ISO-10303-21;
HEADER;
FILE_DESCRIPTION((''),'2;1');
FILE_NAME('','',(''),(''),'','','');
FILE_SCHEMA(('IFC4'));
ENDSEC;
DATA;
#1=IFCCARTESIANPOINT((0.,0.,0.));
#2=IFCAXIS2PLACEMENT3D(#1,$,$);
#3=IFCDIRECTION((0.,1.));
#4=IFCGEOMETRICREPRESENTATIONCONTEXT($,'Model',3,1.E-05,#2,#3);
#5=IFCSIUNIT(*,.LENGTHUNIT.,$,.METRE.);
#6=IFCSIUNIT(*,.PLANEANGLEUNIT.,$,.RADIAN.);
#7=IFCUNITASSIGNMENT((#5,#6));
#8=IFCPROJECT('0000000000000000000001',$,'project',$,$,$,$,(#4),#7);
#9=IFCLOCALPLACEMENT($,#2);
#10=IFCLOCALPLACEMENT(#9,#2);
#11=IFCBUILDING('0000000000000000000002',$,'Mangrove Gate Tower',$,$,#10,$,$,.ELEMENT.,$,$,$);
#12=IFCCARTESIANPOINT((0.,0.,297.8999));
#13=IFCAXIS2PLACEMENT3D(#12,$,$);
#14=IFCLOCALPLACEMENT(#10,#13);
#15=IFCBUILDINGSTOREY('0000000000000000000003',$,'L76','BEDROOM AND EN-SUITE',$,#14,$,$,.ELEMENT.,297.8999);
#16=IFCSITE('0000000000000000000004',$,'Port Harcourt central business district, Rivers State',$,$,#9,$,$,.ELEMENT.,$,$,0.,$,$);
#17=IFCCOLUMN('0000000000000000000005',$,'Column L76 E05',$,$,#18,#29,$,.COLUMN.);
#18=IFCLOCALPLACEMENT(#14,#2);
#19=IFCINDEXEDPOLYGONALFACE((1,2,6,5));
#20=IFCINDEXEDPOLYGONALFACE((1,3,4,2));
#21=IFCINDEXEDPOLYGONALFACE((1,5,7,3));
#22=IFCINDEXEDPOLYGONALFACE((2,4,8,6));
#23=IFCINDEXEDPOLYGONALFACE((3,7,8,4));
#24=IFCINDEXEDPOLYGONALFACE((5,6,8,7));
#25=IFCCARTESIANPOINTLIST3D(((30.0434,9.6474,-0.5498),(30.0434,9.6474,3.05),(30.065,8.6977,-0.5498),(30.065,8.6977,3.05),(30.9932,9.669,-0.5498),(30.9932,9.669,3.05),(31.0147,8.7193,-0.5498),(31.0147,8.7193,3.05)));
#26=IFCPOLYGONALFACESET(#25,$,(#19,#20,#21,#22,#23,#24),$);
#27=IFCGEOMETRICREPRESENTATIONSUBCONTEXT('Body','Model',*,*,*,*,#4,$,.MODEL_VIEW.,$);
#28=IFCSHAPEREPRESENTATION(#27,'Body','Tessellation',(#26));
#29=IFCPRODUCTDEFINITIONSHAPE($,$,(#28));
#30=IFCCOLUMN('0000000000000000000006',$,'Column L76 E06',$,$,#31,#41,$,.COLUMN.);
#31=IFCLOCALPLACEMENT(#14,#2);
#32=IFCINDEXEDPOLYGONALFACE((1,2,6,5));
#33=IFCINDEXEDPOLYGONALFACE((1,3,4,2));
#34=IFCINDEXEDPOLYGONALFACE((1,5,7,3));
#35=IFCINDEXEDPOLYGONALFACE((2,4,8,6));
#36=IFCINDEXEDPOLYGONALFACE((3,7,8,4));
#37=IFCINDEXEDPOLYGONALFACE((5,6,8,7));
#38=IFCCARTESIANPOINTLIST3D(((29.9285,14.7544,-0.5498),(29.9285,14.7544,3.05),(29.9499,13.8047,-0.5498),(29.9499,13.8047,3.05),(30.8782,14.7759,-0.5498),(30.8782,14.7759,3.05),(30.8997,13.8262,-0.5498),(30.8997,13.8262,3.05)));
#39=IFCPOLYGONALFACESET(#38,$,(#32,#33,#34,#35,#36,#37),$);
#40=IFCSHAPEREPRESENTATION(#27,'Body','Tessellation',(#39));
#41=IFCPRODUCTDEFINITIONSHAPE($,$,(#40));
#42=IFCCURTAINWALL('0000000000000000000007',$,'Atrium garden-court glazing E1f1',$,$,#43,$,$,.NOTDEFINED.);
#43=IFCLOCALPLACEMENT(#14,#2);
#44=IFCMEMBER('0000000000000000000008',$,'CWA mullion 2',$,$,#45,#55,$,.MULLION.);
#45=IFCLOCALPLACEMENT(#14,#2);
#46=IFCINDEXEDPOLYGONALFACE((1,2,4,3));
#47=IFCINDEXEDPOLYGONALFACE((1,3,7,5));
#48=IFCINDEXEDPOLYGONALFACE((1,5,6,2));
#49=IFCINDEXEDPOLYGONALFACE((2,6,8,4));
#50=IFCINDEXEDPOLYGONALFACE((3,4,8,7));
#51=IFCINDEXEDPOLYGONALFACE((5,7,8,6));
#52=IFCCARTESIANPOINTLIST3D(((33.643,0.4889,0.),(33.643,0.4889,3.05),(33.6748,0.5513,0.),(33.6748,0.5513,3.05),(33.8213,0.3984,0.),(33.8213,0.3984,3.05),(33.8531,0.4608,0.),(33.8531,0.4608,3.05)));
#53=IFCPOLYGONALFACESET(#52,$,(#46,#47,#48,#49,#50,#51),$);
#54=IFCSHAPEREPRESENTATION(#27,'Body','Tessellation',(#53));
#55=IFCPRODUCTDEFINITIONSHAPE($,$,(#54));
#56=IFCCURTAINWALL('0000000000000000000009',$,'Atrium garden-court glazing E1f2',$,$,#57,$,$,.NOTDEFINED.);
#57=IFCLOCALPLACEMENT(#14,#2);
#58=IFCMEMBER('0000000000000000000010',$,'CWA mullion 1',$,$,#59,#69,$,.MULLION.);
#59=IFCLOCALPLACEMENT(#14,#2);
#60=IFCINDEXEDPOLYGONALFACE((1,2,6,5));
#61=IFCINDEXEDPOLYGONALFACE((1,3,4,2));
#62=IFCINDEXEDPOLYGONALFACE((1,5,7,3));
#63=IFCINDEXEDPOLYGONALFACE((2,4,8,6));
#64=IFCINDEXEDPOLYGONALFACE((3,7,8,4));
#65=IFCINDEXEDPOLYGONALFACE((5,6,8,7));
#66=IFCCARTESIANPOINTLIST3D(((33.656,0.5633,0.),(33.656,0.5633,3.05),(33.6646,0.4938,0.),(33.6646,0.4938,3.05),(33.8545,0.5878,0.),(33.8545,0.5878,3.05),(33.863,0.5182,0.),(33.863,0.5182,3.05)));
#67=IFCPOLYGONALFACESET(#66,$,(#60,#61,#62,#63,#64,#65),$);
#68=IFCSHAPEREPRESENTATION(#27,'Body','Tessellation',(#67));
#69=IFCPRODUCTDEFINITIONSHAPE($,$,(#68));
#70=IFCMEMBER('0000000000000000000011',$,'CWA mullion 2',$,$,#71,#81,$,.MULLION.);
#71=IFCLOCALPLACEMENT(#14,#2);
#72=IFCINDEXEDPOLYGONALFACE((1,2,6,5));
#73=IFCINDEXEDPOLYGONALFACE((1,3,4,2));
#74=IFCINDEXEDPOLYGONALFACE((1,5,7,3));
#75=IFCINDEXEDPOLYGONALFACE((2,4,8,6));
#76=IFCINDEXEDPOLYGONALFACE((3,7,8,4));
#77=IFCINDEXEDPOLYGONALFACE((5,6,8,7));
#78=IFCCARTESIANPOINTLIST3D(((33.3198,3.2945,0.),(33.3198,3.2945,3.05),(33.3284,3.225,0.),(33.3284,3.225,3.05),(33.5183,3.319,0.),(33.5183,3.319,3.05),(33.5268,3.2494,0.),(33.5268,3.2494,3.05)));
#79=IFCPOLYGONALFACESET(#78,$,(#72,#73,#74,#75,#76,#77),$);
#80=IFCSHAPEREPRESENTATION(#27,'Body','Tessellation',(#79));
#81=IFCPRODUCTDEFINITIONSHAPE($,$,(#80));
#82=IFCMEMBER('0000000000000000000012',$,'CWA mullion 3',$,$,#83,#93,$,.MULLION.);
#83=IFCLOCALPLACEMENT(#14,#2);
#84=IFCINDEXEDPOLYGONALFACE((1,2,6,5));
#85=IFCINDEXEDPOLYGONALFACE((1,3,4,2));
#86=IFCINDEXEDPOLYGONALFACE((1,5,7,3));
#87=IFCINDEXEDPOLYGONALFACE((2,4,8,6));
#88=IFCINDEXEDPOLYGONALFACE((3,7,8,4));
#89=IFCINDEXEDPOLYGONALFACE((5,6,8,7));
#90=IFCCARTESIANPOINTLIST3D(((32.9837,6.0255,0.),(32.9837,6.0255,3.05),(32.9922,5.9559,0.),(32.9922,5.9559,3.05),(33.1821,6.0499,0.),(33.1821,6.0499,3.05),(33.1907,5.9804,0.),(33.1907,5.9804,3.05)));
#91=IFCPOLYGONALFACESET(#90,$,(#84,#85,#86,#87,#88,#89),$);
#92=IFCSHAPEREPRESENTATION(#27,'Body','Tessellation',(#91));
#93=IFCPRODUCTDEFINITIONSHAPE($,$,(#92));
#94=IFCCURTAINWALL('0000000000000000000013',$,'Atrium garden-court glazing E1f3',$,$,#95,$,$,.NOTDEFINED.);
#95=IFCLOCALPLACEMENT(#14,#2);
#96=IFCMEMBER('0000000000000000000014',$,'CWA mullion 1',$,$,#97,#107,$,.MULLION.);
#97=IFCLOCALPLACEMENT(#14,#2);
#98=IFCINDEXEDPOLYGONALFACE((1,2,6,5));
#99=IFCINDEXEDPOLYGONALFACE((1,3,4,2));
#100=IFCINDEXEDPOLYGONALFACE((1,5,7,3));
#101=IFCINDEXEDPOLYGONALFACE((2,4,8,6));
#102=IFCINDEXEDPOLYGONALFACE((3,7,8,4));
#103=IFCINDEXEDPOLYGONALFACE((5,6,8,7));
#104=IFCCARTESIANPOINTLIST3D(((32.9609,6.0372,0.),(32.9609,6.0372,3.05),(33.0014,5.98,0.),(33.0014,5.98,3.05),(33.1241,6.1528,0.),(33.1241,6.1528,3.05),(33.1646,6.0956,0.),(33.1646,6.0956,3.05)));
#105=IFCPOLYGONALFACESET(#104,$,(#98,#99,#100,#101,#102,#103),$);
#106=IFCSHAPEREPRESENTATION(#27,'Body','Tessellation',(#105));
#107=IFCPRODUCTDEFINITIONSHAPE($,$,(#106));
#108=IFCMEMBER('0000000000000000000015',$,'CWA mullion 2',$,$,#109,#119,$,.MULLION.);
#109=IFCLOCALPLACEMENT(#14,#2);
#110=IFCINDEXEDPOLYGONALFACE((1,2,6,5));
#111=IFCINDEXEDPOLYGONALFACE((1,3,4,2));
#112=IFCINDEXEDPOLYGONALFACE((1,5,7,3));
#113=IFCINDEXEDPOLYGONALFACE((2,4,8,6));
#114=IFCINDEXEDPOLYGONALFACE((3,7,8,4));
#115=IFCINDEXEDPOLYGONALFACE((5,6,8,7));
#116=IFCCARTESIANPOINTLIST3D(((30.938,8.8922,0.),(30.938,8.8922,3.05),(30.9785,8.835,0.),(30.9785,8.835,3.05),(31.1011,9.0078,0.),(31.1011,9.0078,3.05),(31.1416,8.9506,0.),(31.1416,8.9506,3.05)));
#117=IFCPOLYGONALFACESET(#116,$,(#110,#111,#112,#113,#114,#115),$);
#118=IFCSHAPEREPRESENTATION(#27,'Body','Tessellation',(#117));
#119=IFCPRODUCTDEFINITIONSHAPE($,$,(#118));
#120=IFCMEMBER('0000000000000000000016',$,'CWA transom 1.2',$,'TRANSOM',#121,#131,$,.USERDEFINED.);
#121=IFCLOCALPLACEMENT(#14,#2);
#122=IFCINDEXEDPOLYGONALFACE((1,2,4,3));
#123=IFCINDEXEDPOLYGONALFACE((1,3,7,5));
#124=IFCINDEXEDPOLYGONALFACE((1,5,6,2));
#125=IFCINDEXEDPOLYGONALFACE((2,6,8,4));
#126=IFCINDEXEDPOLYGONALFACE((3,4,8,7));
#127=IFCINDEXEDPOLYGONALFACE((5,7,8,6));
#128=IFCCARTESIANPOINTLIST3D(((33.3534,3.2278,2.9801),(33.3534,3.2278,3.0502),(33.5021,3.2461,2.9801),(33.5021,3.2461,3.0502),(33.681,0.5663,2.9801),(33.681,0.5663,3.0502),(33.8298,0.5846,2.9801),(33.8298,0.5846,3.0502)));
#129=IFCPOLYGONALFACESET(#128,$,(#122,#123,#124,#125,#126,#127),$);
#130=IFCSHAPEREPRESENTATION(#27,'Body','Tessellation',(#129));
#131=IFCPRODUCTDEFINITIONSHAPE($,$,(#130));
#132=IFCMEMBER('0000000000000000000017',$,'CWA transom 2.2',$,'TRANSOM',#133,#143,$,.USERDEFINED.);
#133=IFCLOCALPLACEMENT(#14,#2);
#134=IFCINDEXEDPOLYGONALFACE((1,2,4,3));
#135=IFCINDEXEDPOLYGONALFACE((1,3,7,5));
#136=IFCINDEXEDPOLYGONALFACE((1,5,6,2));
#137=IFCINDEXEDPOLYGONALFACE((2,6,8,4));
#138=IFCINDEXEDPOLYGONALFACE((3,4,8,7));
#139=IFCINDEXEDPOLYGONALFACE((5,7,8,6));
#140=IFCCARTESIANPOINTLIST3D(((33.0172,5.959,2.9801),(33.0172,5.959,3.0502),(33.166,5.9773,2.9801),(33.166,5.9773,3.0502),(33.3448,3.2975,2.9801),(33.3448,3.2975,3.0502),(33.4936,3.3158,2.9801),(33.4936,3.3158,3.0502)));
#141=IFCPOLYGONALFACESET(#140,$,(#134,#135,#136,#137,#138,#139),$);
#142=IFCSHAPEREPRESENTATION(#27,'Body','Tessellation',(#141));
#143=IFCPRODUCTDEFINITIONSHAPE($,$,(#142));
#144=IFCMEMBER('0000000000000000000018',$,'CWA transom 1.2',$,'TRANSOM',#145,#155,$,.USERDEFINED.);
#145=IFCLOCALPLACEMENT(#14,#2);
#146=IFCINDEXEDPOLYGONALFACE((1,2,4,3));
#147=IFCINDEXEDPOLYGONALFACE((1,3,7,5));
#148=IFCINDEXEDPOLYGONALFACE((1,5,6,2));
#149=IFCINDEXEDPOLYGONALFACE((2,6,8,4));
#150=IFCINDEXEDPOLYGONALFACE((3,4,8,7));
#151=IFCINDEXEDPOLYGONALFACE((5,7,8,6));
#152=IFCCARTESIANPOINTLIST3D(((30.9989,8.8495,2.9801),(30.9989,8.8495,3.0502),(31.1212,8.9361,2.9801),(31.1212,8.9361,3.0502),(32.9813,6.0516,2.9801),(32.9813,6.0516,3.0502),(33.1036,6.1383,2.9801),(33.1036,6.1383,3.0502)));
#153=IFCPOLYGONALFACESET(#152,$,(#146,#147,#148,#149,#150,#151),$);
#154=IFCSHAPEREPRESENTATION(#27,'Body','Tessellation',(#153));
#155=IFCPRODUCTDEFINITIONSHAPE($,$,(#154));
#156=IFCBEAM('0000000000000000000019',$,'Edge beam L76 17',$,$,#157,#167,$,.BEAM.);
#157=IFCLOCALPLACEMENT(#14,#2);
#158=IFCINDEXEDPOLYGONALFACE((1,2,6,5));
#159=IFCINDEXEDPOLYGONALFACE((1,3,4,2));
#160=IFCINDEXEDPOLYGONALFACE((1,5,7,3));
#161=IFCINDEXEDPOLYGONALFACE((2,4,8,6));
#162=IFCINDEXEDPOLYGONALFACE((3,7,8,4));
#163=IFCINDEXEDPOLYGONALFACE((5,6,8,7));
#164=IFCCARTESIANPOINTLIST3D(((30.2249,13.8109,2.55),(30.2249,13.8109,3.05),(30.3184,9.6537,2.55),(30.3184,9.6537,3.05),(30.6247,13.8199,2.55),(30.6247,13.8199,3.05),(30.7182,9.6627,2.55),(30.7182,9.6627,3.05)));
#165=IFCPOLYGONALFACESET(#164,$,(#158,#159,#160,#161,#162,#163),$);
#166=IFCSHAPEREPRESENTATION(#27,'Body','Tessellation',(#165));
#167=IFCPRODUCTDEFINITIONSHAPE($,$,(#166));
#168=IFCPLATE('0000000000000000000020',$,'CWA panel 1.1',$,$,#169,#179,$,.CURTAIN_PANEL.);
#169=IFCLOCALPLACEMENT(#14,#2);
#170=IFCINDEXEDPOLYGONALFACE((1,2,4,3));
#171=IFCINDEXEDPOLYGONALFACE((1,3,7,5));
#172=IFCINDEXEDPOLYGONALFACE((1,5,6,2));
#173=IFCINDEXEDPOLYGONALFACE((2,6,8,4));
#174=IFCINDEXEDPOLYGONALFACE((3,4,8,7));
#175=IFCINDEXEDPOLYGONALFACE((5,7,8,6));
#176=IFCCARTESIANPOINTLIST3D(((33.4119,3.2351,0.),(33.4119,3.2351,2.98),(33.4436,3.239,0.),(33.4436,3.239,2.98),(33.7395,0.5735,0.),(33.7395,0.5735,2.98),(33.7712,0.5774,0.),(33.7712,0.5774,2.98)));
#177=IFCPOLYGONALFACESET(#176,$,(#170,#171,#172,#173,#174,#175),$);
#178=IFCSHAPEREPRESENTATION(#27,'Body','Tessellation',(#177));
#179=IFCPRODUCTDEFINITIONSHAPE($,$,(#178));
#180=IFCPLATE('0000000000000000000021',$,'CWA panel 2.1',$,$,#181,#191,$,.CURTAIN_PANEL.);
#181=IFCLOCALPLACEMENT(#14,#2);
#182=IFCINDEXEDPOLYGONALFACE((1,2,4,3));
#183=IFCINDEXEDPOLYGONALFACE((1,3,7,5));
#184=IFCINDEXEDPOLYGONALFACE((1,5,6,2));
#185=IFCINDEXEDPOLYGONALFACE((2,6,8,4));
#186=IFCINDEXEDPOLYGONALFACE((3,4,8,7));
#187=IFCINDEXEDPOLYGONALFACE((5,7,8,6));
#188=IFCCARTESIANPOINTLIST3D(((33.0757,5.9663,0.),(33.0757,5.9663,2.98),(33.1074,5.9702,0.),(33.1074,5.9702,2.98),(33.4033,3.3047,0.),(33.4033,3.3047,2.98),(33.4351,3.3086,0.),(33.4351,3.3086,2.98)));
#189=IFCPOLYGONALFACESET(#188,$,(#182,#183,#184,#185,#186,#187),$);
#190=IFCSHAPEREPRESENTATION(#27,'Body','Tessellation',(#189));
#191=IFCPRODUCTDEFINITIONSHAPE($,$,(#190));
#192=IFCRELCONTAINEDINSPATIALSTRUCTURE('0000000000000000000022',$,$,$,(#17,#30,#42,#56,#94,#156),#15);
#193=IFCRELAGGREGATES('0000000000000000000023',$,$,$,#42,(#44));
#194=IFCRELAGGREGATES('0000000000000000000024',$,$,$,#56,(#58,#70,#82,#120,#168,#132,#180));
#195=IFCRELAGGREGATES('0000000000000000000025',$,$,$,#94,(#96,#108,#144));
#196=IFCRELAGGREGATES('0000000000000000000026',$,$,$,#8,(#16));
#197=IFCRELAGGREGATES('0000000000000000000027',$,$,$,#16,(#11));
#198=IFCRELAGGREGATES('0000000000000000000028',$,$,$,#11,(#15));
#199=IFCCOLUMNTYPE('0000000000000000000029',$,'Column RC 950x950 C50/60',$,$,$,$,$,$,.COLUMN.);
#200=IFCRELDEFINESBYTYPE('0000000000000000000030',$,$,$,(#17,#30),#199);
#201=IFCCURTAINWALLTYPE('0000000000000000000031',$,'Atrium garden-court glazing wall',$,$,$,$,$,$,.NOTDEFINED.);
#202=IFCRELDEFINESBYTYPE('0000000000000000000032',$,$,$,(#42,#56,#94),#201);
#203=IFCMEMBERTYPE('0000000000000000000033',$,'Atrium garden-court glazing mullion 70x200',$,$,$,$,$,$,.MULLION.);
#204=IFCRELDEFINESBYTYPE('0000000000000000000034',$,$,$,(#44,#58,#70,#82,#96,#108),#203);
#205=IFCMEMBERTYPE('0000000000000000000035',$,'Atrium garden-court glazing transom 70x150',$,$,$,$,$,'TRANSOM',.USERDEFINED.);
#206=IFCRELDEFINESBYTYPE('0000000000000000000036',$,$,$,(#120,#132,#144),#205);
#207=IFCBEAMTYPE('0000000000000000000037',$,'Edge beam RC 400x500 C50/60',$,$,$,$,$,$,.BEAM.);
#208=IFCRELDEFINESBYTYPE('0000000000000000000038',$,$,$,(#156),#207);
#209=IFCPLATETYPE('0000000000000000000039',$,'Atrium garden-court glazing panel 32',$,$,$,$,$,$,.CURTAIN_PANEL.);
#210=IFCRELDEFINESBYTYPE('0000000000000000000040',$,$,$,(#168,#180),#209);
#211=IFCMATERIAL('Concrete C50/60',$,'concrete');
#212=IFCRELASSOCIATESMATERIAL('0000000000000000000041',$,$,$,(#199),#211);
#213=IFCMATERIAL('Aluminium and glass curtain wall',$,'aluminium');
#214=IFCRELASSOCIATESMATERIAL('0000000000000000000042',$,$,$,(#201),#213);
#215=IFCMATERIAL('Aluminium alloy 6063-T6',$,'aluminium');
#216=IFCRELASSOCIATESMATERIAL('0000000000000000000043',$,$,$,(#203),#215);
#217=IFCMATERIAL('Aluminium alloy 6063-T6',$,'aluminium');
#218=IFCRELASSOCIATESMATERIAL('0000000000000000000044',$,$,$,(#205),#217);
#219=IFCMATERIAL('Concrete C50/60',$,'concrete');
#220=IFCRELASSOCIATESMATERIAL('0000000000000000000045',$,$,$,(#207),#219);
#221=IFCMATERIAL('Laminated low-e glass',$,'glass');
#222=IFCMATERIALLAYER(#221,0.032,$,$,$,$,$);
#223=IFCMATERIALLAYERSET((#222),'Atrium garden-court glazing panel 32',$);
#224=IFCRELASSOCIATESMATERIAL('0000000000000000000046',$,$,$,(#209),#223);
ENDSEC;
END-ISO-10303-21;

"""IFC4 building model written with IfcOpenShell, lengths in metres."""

from ifc_helpers import new_model, si_unit, direction, frame, origin, origin_2d, place, context, subcontext, project, spatial, rectangle, extrude, material, layer, layer_set, material_profile, profile_set, type_object, element, aggregate, save


model = new_model("IFC4")

# Units and contexts
model_context = context("Model", 3, precision=1e-05, world=origin(), true_north=direction((0.0, 1.0)))
body_context = subcontext(model_context, "Body", "Model", "MODEL_VIEW")
ifc_project = project(units=[si_unit("LENGTHUNIT", "METRE"), si_unit("PLANEANGLEUNIT", "RADIAN")], contexts=[model_context])

# Site, building, storey
site_placement = place(None, origin())
site = spatial("IfcSite", under=ifc_project, at=site_placement, Name="Port Harcourt central business district, Rivers State", CompositionType="ELEMENT", RefElevation=0.0)
building_placement = place(site_placement, origin())
building = spatial("IfcBuilding", under=site, at=building_placement, Name="Mangrove Gate Tower", CompositionType="ELEMENT")
storey_placement = place(building_placement, frame((0.0, 0.0, 297.8999)))
storey = spatial("IfcBuildingStorey", under=building, at=storey_placement, Name="L76", Description="BEDROOM AND EN-SUITE", CompositionType="ELEMENT", Elevation=297.8999)

# Columns
ifc_material_1 = material(Name="Concrete C50/60", Category="concrete")
ifc_material_profile_1 = material_profile(ifc_material_1, rectangle(XDim=0.95, YDim=0.95, at=origin_2d()))
ifc_profile_set_1 = profile_set([ifc_material_profile_1], Name="Concrete C50/60")
column_type = type_object("IfcColumnType", Name="Column RC 950x950 C50/60", PredefinedType="COLUMN", material=ifc_profile_set_1)
for number, where, z_axis, x_axis, name in (
    (1, (30.5291, 9.1833, -0.5498), (0.0, 0.0, 1.0), (-0.022642, 0.999744, 0.0), "Column L76 E05"),
    (2, (30.4141, 14.2903, -0.5498), (0.0, 0.0, 1.0), (-0.02261, 0.999744, 0.0), "Column L76 E06"),
):
    element("IfcColumn", number, at=place(storey_placement, frame(where, z_axis=z_axis, x_axis=x_axis)), inside=storey, type_object=column_type, Name=name, PredefinedType="COLUMN", context=body_context, shape_type="SweptSolid", body=[
        extrude(rectangle(XDim=0.95, YDim=0.95, at=origin_2d()), origin(), (0.0, 0.0, 1.0), 3.5999),
    ])

# Curtain wall, member
ifc_material_2 = material(Name="Aluminium and glass curtain wall", Category="aluminium")
curtain_wall_type = type_object("IfcCurtainWallType", Name="Atrium garden-court glazing wall", PredefinedType="NOTDEFINED", material=ifc_material_2)
curtain_wall_1_placement = place(storey_placement, origin())
curtain_wall_1 = element("IfcCurtainWall", 3, at=curtain_wall_1_placement, inside=storey, type_object=curtain_wall_type, Name="Atrium garden-court glazing E1f1", PredefinedType="NOTDEFINED")
ifc_material_3 = material(Name="Aluminium alloy 6063-T6", Category="aluminium")
ifc_material_profile_2 = material_profile(ifc_material_3, rectangle(XDim=0.0701, YDim=0.2, at=origin_2d()))
ifc_profile_set_2 = profile_set([ifc_material_profile_2], Name="Aluminium alloy 6063-T6")
member_type_1 = type_object("IfcMemberType", Name="Atrium garden-court glazing mullion 70x200", PredefinedType="MULLION", material=ifc_profile_set_2)
member_1_placement = place(storey_placement, frame((33.748, 0.4749, 0.0), z_axis=(0.0, 0.0, 1.0), x_axis=(0.452617, 0.891705, 0.0)))
member_1 = element("IfcMember", 4, at=member_1_placement, type_object=member_type_1, Name="CWA mullion 2", PredefinedType="MULLION", context=body_context, shape_type="SweptSolid", body=[
    extrude(rectangle(XDim=0.0701, YDim=0.2, at=origin_2d()), origin(), (0.0, 0.0, 1.0), 3.05),
])
aggregate(curtain_wall_1, [member_1])

# Curtain walls, members
curtain_wall_2_placement = place(storey_placement, origin())
curtain_wall_2 = element("IfcCurtainWall", 5, at=curtain_wall_2_placement, inside=storey, type_object=curtain_wall_type, Name="Atrium garden-court glazing E1f2", PredefinedType="NOTDEFINED")
member_2_placement = place(storey_placement, frame((33.7595, 0.5408, 0.0), z_axis=(0.0, 0.0, 1.0), x_axis=(-0.122172, 0.992509, 0.0)))
member_2 = element("IfcMember", 6, at=member_2_placement, type_object=member_type_1, Name="CWA mullion 1", PredefinedType="MULLION", context=body_context, shape_type="SweptSolid", body=[
    extrude(rectangle(XDim=0.0701, YDim=0.2, at=origin_2d()), origin(), (0.0, 0.0, 1.0), 3.05),
])
member_3_placement = place(storey_placement, frame((33.4233, 3.272, 0.0), z_axis=(0.0, 0.0, 1.0), x_axis=(-0.122172, 0.992509, 0.0)))
member_3 = element("IfcMember", 7, at=member_3_placement, type_object=member_type_1, Name="CWA mullion 2", PredefinedType="MULLION", context=body_context, shape_type="SweptSolid", body=[
    extrude(rectangle(XDim=0.0701, YDim=0.2, at=origin_2d()), origin(), (0.0, 0.0, 1.0), 3.05),
])
member_4_placement = place(storey_placement, frame((33.0872, 6.0029, 0.0), z_axis=(0.0, 0.0, 1.0), x_axis=(-0.122172, 0.992509, 0.0)))
member_4 = element("IfcMember", 8, at=member_4_placement, type_object=member_type_1, Name="CWA mullion 3", PredefinedType="MULLION", context=body_context, shape_type="SweptSolid", body=[
    extrude(rectangle(XDim=0.0701, YDim=0.2, at=origin_2d()), origin(), (0.0, 0.0, 1.0), 3.05),
])
curtain_wall_3_placement = place(storey_placement, origin())
curtain_wall_3 = element("IfcCurtainWall", 9, at=curtain_wall_3_placement, inside=storey, type_object=curtain_wall_type, Name="Atrium garden-court glazing E1f3", PredefinedType="NOTDEFINED")
member_5_placement = place(storey_placement, frame((33.0627, 6.0664, 0.0), z_axis=(0.0, 0.0, 1.0), x_axis=(-0.578135, 0.815941, 0.0)))
member_5 = element("IfcMember", 10, at=member_5_placement, type_object=member_type_1, Name="CWA mullion 1", PredefinedType="MULLION", context=body_context, shape_type="SweptSolid", body=[
    extrude(rectangle(XDim=0.0701, YDim=0.2, at=origin_2d()), origin(), (0.0, 0.0, 1.0), 3.05),
])
member_6_placement = place(storey_placement, frame((31.0398, 8.9214, 0.0), z_axis=(0.0, 0.0, 1.0), x_axis=(-0.578135, 0.815941, 0.0)))
member_6 = element("IfcMember", 11, at=member_6_placement, type_object=member_type_1, Name="CWA mullion 2", PredefinedType="MULLION", context=body_context, shape_type="SweptSolid", body=[
    extrude(rectangle(XDim=0.0701, YDim=0.2, at=origin_2d()), origin(), (0.0, 0.0, 1.0), 3.05),
])

# Members
ifc_material_4 = material(Name="Aluminium alloy 6063-T6", Category="aluminium")
ifc_material_profile_3 = material_profile(ifc_material_4, rectangle(XDim=0.0701, YDim=0.1499, at=origin_2d()))
ifc_profile_set_3 = profile_set([ifc_material_profile_3], Name="Aluminium alloy 6063-T6")
member_type_2 = type_object("IfcMemberType", Name="Atrium garden-court glazing transom 70x150", ElementType="TRANSOM", PredefinedType="USERDEFINED", material=ifc_profile_set_3)
member_7_placement = place(storey_placement, frame((33.7554, 0.5754, 3.0151), z_axis=(-0.122175, 0.992509, 0.0), x_axis=(0.0, 0.0, 1.0)))
member_7 = element("IfcMember", 12, at=member_7_placement, type_object=member_type_2, Name="CWA transom 1.2", ObjectType="TRANSOM", PredefinedType="USERDEFINED", context=body_context, shape_type="SweptSolid", body=[
    extrude(rectangle(XDim=0.0701, YDim=0.1499, at=origin_2d()), origin(), (0.0, 0.0, 1.0), 2.6816),
])
member_8_placement = place(storey_placement, frame((33.4192, 3.3066, 3.0151), z_axis=(-0.122175, 0.992509, 0.0), x_axis=(0.0, 0.0, 1.0)))
member_8 = element("IfcMember", 13, at=member_8_placement, type_object=member_type_2, Name="CWA transom 2.2", ObjectType="TRANSOM", PredefinedType="USERDEFINED", context=body_context, shape_type="SweptSolid", body=[
    extrude(rectangle(XDim=0.0701, YDim=0.1499, at=origin_2d()), origin(), (0.0, 0.0, 1.0), 2.6816),
])
member_9_placement = place(storey_placement, frame((33.0425, 6.095, 3.0151), z_axis=(-0.578136, 0.815941, 0.0), x_axis=(0.0, 0.0, 1.0)))
member_9 = element("IfcMember", 14, at=member_9_placement, type_object=member_type_2, Name="CWA transom 1.2", ObjectType="TRANSOM", PredefinedType="USERDEFINED", context=body_context, shape_type="SweptSolid", body=[
    extrude(rectangle(XDim=0.0701, YDim=0.1499, at=origin_2d()), origin(), (0.0, 0.0, 1.0), 3.429),
])

# Beam
ifc_material_5 = material(Name="Concrete C50/60", Category="concrete")
ifc_material_profile_4 = material_profile(ifc_material_5, rectangle(XDim=0.3999, YDim=0.5, at=origin_2d()))
ifc_profile_set_4 = profile_set([ifc_material_profile_4], Name="Concrete C50/60")
beam_type = type_object("IfcBeamType", Name="Edge beam RC 400x500 C50/60", PredefinedType="BEAM", material=ifc_profile_set_4)
beam_placement = place(storey_placement, frame((30.5183, 9.6582, 2.8), z_axis=(-0.022487, 0.999747, 0.0), x_axis=(-0.999747, -0.022487, 0.0)))
element("IfcBeam", 15, at=beam_placement, inside=storey, type_object=beam_type, Name="Edge beam L76 17", PredefinedType="BEAM", context=body_context, shape_type="SweptSolid", body=[
    extrude(rectangle(XDim=0.3999, YDim=0.5, at=origin_2d()), origin(), (0.0, 0.0, 1.0), 4.1582),
])

# Plates
ifc_material_6 = material(Name="Laminated low-e glass", Category="glass")
ifc_layer_1 = layer(ifc_material_6, 0.032)
ifc_layer_set_1 = layer_set([ifc_layer_1], Name="Atrium garden-court glazing panel 32")
plate_type = type_object("IfcPlateType", Name="Atrium garden-court glazing panel 32", PredefinedType="CURTAIN_PANEL", material=ifc_layer_set_1)
plate_1_placement = place(storey_placement, frame((33.5916, 1.9062, 0.0), z_axis=(0.0, 0.0, 1.0), x_axis=(-0.122172, 0.992509, 0.0)))
plate_1 = element("IfcPlate", 16, at=plate_1_placement, type_object=plate_type, Name="CWA panel 1.1", PredefinedType="CURTAIN_PANEL", context=body_context, shape_type="SweptSolid", body=[
    extrude(rectangle(XDim=2.6816, YDim=0.032, at=origin_2d()), origin(), (0.0, 0.0, 1.0), 2.98),
])
plate_2_placement = place(storey_placement, frame((33.2554, 4.6375, 0.0), z_axis=(0.0, 0.0, 1.0), x_axis=(-0.122172, 0.992509, 0.0)))
plate_2 = element("IfcPlate", 17, at=plate_2_placement, type_object=plate_type, Name="CWA panel 2.1", PredefinedType="CURTAIN_PANEL", context=body_context, shape_type="SweptSolid", body=[
    extrude(rectangle(XDim=2.6816, YDim=0.032, at=origin_2d()), origin(), (0.0, 0.0, 1.0), 2.98),
])
aggregate(curtain_wall_2, [member_2, member_3, member_4, member_7, plate_1, member_8, plate_2])
aggregate(curtain_wall_3, [member_5, member_6, member_9])

save(model, "model.ifc")
